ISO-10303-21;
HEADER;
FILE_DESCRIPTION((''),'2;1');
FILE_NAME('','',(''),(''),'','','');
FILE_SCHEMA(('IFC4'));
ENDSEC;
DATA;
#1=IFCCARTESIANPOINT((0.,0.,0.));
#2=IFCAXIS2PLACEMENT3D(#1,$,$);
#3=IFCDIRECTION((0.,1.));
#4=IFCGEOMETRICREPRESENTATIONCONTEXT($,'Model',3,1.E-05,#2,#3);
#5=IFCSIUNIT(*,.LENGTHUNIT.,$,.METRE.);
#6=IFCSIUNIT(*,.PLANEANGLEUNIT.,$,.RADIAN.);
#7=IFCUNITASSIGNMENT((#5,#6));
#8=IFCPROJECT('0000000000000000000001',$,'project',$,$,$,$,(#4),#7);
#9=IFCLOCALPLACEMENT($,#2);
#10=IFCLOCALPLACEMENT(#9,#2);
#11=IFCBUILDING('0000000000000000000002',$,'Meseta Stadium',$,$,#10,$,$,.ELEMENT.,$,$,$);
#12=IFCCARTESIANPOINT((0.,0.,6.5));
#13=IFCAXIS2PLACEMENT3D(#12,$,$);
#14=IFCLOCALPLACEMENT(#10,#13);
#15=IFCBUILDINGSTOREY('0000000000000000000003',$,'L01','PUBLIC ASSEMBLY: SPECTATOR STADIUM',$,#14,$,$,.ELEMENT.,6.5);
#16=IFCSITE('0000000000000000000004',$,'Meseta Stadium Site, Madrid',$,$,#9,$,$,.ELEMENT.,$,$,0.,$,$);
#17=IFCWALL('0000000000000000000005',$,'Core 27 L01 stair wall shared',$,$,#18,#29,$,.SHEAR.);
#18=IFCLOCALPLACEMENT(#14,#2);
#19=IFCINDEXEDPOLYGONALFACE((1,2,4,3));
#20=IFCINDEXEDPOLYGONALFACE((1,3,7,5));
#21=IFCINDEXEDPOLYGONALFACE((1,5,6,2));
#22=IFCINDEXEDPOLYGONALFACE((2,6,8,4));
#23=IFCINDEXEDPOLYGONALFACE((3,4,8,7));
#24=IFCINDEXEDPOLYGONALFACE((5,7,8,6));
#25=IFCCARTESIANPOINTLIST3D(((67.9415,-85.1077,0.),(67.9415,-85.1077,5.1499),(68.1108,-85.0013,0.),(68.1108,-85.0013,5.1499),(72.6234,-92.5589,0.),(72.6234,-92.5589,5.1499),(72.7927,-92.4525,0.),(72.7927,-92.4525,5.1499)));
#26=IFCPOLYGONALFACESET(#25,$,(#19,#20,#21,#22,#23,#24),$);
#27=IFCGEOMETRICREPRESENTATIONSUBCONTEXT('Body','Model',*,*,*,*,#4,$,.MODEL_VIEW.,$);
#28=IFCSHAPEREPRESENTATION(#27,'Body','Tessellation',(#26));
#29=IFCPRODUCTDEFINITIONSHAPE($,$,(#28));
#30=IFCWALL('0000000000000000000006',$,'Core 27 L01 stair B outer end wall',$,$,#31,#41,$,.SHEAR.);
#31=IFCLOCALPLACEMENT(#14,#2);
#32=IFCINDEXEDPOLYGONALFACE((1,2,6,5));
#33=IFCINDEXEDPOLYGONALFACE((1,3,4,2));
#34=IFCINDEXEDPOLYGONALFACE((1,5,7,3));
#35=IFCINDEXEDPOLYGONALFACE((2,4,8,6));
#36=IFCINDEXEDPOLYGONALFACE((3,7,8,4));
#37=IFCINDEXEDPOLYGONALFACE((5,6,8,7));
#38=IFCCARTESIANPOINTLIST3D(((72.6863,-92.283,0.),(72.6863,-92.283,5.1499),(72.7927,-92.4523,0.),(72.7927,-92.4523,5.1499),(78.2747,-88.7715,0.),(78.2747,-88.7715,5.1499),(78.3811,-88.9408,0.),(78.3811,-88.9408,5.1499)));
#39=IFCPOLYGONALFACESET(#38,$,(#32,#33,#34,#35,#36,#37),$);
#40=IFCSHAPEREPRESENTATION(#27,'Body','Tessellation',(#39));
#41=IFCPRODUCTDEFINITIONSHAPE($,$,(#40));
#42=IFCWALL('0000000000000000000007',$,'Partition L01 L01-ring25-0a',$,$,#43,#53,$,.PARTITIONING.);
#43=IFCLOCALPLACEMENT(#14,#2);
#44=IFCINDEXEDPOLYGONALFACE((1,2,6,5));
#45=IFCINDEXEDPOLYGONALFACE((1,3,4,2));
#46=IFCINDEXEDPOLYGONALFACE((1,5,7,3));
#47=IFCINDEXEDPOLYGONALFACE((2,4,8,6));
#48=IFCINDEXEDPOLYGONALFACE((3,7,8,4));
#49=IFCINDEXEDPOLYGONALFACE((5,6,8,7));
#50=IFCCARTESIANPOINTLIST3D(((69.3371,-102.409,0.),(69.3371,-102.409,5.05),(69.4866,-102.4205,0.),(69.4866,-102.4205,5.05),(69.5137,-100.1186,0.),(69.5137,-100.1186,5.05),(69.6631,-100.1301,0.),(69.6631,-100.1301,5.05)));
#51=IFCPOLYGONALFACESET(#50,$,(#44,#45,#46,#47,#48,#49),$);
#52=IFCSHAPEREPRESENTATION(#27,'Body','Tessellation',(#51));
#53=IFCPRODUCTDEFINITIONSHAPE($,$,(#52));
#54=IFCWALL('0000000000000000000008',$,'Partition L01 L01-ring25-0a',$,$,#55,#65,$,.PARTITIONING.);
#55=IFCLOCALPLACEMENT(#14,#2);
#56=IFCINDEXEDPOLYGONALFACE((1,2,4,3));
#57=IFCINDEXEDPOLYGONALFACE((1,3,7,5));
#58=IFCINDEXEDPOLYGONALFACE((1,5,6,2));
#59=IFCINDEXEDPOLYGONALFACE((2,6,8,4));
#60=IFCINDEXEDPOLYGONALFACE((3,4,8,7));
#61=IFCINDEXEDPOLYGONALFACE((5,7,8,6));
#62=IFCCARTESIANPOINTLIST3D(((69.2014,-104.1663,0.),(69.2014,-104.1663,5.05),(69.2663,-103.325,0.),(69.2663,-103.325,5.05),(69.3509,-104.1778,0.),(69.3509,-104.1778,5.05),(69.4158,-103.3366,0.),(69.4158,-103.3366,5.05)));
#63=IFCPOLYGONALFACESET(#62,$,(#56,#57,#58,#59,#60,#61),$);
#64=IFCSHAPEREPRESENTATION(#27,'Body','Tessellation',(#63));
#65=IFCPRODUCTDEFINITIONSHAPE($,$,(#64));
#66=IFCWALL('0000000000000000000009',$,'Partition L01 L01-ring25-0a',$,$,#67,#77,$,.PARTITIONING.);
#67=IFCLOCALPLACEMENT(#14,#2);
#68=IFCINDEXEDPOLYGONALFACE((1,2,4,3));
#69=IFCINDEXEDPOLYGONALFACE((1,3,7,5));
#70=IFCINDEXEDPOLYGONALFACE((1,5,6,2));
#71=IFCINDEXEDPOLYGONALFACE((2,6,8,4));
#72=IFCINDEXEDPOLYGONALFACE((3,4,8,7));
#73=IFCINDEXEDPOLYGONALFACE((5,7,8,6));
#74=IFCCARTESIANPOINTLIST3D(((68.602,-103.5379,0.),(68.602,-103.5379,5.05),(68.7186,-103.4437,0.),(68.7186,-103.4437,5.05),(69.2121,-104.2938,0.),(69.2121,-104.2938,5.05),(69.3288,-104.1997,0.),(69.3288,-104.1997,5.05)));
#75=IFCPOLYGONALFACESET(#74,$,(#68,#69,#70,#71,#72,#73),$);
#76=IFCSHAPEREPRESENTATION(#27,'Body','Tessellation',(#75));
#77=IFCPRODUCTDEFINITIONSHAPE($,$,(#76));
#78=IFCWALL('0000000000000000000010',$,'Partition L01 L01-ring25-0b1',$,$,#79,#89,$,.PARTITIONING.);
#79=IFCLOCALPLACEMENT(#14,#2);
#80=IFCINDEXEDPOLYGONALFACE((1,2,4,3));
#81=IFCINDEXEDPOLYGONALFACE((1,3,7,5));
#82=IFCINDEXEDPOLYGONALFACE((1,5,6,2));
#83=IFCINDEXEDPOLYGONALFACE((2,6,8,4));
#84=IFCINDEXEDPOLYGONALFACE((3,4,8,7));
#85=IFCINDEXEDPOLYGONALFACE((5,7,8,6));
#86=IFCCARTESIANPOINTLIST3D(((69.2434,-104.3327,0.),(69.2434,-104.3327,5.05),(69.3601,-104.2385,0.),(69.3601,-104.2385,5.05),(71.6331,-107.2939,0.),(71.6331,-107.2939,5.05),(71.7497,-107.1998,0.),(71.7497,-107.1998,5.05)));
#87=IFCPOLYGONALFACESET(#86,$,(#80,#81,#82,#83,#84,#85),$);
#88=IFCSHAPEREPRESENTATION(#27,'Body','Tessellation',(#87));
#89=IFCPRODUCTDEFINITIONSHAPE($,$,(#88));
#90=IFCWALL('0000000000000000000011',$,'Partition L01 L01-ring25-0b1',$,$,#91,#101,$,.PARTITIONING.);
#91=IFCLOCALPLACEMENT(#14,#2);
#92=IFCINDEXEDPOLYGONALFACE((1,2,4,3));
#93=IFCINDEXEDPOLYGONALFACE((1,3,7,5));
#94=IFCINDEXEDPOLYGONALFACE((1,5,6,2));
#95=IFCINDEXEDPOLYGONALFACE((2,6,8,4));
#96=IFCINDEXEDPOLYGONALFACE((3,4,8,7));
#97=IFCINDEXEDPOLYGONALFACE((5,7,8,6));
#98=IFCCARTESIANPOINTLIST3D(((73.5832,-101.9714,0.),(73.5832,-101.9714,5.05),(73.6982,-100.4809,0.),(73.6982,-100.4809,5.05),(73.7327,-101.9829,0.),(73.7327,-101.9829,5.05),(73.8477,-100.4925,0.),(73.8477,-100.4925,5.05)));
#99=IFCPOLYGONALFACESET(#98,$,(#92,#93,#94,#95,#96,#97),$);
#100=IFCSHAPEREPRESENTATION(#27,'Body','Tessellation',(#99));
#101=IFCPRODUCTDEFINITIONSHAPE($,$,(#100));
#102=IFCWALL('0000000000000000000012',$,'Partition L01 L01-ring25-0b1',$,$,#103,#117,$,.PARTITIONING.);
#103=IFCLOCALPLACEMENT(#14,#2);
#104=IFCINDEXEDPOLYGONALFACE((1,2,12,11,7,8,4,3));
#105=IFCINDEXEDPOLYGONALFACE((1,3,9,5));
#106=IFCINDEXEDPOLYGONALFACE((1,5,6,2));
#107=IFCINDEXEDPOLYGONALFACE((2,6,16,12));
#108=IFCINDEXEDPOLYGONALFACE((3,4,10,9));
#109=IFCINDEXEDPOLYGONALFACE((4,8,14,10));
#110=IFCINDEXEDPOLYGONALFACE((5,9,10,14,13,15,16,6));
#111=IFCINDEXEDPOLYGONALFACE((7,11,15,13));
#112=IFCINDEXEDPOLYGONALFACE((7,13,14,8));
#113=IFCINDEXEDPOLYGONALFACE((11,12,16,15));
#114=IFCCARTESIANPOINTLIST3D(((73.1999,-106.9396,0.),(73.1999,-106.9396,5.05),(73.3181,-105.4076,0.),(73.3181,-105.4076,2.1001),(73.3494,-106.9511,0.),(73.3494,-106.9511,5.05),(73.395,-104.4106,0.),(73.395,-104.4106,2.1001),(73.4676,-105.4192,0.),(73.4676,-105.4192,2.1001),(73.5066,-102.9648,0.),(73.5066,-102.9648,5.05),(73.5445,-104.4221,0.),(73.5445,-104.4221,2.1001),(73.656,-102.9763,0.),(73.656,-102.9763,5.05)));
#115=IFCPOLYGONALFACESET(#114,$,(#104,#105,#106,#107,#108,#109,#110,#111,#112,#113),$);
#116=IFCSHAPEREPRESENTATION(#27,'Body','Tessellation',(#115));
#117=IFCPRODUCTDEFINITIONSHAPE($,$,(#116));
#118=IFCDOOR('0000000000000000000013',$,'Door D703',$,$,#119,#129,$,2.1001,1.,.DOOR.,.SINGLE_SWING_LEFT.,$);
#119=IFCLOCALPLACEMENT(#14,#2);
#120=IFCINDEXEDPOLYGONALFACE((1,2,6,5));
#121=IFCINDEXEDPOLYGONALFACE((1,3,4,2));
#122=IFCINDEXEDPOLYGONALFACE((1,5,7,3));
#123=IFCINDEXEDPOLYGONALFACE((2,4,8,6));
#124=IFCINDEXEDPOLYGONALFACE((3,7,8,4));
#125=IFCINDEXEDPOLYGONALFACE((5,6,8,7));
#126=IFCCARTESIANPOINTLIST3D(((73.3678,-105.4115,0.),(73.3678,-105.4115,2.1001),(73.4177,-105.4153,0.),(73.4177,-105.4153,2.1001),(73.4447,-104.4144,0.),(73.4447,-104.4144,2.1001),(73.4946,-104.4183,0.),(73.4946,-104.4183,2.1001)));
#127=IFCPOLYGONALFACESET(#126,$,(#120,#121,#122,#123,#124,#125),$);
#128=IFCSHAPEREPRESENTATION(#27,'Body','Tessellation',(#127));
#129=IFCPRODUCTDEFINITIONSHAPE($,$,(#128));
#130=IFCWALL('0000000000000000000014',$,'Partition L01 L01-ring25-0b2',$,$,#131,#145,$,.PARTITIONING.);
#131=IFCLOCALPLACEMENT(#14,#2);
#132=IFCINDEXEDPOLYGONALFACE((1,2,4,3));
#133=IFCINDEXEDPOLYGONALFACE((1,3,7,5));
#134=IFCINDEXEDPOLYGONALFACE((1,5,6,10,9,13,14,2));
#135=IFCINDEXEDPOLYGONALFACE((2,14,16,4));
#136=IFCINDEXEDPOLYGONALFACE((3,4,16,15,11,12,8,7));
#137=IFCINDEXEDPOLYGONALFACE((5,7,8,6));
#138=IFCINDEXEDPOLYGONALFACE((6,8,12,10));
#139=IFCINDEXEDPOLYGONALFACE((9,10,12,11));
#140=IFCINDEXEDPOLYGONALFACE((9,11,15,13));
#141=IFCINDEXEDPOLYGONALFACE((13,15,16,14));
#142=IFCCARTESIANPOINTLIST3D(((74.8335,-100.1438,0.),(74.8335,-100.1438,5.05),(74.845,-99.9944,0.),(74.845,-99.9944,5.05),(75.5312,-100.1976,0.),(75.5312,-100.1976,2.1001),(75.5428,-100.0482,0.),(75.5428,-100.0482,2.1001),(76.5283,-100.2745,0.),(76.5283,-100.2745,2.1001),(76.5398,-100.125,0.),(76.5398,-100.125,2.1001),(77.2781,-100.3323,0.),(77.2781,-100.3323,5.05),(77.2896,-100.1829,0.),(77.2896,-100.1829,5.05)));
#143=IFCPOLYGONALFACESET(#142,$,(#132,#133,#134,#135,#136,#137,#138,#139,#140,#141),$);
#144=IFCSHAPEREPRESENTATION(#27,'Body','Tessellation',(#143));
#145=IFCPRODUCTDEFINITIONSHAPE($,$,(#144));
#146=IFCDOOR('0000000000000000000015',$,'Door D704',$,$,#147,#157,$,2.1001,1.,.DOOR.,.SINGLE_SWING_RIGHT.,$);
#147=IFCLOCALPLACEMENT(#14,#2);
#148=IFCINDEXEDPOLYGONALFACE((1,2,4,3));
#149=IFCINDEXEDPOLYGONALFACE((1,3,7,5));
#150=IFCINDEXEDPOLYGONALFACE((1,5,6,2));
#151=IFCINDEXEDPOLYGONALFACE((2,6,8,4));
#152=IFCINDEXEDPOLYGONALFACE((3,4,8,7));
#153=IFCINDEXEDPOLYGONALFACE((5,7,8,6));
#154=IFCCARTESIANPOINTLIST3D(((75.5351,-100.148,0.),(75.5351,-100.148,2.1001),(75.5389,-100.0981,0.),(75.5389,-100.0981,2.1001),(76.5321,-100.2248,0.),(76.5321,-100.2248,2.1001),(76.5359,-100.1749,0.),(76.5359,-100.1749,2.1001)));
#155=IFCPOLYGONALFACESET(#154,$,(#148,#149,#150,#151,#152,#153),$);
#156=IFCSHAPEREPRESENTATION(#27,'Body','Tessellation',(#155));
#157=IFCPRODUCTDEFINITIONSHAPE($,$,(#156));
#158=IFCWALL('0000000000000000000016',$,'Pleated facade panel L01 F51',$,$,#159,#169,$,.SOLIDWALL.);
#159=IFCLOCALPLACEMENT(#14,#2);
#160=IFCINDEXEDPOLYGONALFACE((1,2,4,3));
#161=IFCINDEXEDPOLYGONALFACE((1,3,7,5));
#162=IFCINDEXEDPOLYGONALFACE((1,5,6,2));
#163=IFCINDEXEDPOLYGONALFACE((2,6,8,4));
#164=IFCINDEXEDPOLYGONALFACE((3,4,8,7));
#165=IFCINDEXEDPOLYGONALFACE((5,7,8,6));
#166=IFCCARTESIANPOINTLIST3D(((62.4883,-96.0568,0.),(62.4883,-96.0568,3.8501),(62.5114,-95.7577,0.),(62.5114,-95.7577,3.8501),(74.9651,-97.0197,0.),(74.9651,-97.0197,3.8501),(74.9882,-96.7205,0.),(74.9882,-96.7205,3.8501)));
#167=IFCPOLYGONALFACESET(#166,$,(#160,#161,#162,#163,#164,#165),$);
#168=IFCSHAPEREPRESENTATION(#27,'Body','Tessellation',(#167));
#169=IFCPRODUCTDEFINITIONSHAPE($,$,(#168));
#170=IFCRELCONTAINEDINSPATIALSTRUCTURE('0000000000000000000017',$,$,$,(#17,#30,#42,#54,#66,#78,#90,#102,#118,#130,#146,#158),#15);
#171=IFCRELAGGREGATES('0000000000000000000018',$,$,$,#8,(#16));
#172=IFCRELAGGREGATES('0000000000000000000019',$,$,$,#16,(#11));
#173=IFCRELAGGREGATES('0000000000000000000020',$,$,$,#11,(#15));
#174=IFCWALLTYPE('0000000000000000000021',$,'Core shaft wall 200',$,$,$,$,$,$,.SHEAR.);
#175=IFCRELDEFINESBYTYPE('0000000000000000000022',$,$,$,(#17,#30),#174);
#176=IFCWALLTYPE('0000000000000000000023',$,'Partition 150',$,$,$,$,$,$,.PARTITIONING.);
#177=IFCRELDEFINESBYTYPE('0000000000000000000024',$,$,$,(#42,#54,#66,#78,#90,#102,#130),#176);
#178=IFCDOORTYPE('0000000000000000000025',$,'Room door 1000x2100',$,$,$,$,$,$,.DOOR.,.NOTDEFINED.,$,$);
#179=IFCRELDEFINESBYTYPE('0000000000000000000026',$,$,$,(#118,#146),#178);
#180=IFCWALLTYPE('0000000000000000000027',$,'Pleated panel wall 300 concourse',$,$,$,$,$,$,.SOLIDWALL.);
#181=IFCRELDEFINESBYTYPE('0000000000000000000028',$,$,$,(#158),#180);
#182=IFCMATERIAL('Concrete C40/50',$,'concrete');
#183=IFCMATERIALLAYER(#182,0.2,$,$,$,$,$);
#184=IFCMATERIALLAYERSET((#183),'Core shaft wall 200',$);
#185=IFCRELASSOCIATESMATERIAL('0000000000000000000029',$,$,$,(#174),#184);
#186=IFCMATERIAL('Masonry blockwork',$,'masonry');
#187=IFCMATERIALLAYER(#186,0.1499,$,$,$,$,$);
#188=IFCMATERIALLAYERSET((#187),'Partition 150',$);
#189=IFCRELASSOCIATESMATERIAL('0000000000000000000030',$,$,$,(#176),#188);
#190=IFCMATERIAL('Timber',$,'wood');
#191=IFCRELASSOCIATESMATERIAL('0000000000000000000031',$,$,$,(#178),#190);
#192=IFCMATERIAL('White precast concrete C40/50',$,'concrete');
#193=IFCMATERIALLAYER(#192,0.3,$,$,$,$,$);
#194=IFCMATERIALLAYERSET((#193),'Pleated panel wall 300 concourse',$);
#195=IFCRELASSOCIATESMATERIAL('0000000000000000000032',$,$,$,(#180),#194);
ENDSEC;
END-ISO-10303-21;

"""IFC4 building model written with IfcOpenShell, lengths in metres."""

from ifc_helpers import new_model, si_unit, direction, frame, frame_2d, origin, place, context, subcontext, project, spatial, rectangle, extrude, material, layer, layer_set, type_object, element, fill, save


model = new_model("IFC4")

# Units and contexts
model_context = context("Model", 3, precision=1e-05, world=origin(), true_north=direction((0.0, 1.0)))
body_context = subcontext(model_context, "Body", "Model", "MODEL_VIEW")
ifc_project = project(units=[si_unit("LENGTHUNIT", "METRE"), si_unit("PLANEANGLEUNIT", "RADIAN")], contexts=[model_context])

# Site, building, storey
site_placement = place(None, origin())
site = spatial("IfcSite", under=ifc_project, at=site_placement, Name="Meseta Stadium Site, Madrid", CompositionType="ELEMENT", RefElevation=0.0)
building_placement = place(site_placement, origin())
building = spatial("IfcBuilding", under=site, at=building_placement, Name="Meseta Stadium", CompositionType="ELEMENT")
storey_placement = place(building_placement, frame((0.0, 0.0, 6.5)))
storey = spatial("IfcBuildingStorey", under=building, at=storey_placement, Name="L01", Description="PUBLIC ASSEMBLY: SPECTATOR STADIUM", CompositionType="ELEMENT", Elevation=6.5)

# Walls
ifc_material_1 = material(Name="Concrete C40/50", Category="concrete")
ifc_layer_1 = layer(ifc_material_1, 0.2)
ifc_layer_set_1 = layer_set([ifc_layer_1], Name="Core shaft wall 200")
wall_type_1 = type_object("IfcWallType", Name="Core shaft wall 200", PredefinedType="SHEAR", material=ifc_layer_set_1)
wall_1_placement = place(storey_placement, frame((72.708, -92.5056, 0.0), z_axis=(0.0, 0.0, 1.0), x_axis=(-0.532032, 0.846724, 0.0)))
element("IfcWall", 1, at=wall_1_placement, inside=storey, type_object=wall_type_1, Name="Core 27 L01 stair wall shared", PredefinedType="SHEAR", context=body_context, shape_type="SweptSolid", body=[
    extrude(rectangle(XDim=8.8, YDim=0.2, at=frame_2d((4.3999, 0.0))), origin(), (0.0, 0.0, 1.0), 5.1499),
])
wall_2_placement = place(storey_placement, frame((72.7395, -92.3677, 0.0), z_axis=(0.0, 0.0, 1.0), x_axis=(0.84672, 0.532039, 0.0)))
element("IfcWall", 2, at=wall_2_placement, inside=storey, type_object=wall_type_1, Name="Core 27 L01 stair B outer end wall", PredefinedType="SHEAR", context=body_context, shape_type="SweptSolid", body=[
    extrude(rectangle(XDim=6.6001, YDim=0.2, at=frame_2d((3.3, 0.0))), origin(), (0.0, 0.0, 1.0), 5.1499),
])
ifc_material_2 = material(Name="Masonry blockwork", Category="masonry")
ifc_layer_2 = layer(ifc_material_2, 0.1499)
ifc_layer_set_2 = layer_set([ifc_layer_2], Name="Partition 150")
wall_type_2 = type_object("IfcWallType", Name="Partition 150", PredefinedType="PARTITIONING", material=ifc_layer_set_2)
wall_3_placement = place(storey_placement, frame((69.5884, -100.1245, 0.0), z_axis=(0.0, 0.0, 1.0), x_axis=(-0.076843, -0.997043, 0.0)))
element("IfcWall", 3, at=wall_3_placement, inside=storey, type_object=wall_type_2, Name="Partition L01 L01-ring25-0a", PredefinedType="PARTITIONING", context=body_context, shape_type="SweptSolid", body=[
    extrude(rectangle(XDim=2.2971, YDim=0.1499, at=frame_2d((1.1484, 0.0))), origin(), (0.0, 0.0, 1.0), 5.05),
])
wall_4_placement = place(storey_placement, frame((69.3411, -103.3308, 0.0), z_axis=(0.0, 0.0, 1.0), x_axis=(-0.076962, -0.997034, 0.0)))
element("IfcWall", 4, at=wall_4_placement, inside=storey, type_object=wall_type_2, Name="Partition L01 L01-ring25-0a", PredefinedType="PARTITIONING", context=body_context, shape_type="SweptSolid", body=[
    extrude(rectangle(XDim=0.8438, YDim=0.1499, at=frame_2d((0.4219, 0.0))), origin(), (0.0, 0.0, 1.0), 5.05),
])
wall_5_placement = place(storey_placement, frame((69.2705, -104.2468, 0.0), z_axis=(0.0, 0.0, 1.0), x_axis=(-0.628091, 0.77814, 0.0)))
element("IfcWall", 5, at=wall_5_placement, inside=storey, type_object=wall_type_2, Name="Partition L01 L01-ring25-0a", PredefinedType="PARTITIONING", context=body_context, shape_type="SweptSolid", body=[
    extrude(rectangle(XDim=0.9714, YDim=0.1499, at=frame_2d((0.4858, 0.0))), origin(), (0.0, 0.0, 1.0), 5.05),
])
wall_6_placement = place(storey_placement, frame((71.6914, -107.2468, 0.0), z_axis=(0.0, 0.0, 1.0), x_axis=(-0.628007, 0.778208, 0.0)))
element("IfcWall", 6, at=wall_6_placement, inside=storey, type_object=wall_type_2, Name="Partition L01 L01-ring25-0b1", PredefinedType="PARTITIONING", context=body_context, shape_type="SweptSolid", body=[
    extrude(rectangle(XDim=3.8052, YDim=0.1499, at=frame_2d((1.9026, 0.0))), origin(), (0.0, 0.0, 1.0), 5.05),
])
wall_7_placement = place(storey_placement, frame((73.7729, -100.4866, 0.0), z_axis=(0.0, 0.0, 1.0), x_axis=(-0.076921, -0.997037, 0.0)))
element("IfcWall", 7, at=wall_7_placement, inside=storey, type_object=wall_type_2, Name="Partition L01 L01-ring25-0b1", PredefinedType="PARTITIONING", context=body_context, shape_type="SweptSolid", body=[
    extrude(rectangle(XDim=1.4949, YDim=0.1499, at=frame_2d((0.7476, 0.0))), origin(), (0.0, 0.0, 1.0), 5.05),
])

# Walls, openings, doors
wall_8_placement = place(storey_placement, frame((73.5813, -102.9707, 0.0), z_axis=(0.0, 0.0, 1.0), x_axis=(-0.076917, -0.997038, 0.0)))
wall_8 = element("IfcWall", 8, at=wall_8_placement, inside=storey, type_object=wall_type_2, Name="Partition L01 L01-ring25-0b1", PredefinedType="PARTITIONING", context=body_context, shape_type="SweptSolid", body=[
    extrude(rectangle(XDim=3.9866, YDim=0.1499, at=frame_2d((1.9932, 0.0))), origin(), (0.0, 0.0, 1.0), 5.05),
])
opening_1_placement = place(wall_8_placement, frame((1.45, 0.0, 0.0)))
opening_1 = element("IfcOpeningElement", 9, at=opening_1_placement, cuts=wall_8, PredefinedType="OPENING", context=body_context, shape_type="SweptSolid", body=[
    extrude(rectangle(XDim=1.0, YDim=2.1001, at=frame_2d((0.5, 1.05))), frame((0.0, 0.085, 0.0), z_axis=(0.0, -1.0, 0.0), x_axis=(1.0, 0.0, 0.0)), (0.0, 0.0, 1.0), 0.1699),
])
ifc_material_3 = material(Name="Timber", Category="wood")
door_type = type_object("IfcDoorType", Name="Room door 1000x2100", OperationType="NOTDEFINED", PredefinedType="DOOR", material=ifc_material_3)
door_1_placement = place(opening_1_placement, origin())
door_1 = element("IfcDoor", 10, at=door_1_placement, inside=storey, type_object=door_type, Name="Door D703", OperationType="SINGLE_SWING_LEFT", OverallHeight=2.1001, OverallWidth=1.0, PredefinedType="DOOR", context=body_context, shape_type="SweptSolid", body=[
    extrude(rectangle(XDim=1.0, YDim=2.1001, at=frame_2d((0.5, 1.05))), frame((0.0, 0.0249, 0.0), z_axis=(0.0, -1.0, 0.0), x_axis=(1.0, 0.0, 0.0)), (0.0, 0.0, 1.0), 0.05),
])
fill(opening_1, door_1)
wall_9_placement = place(storey_placement, frame((74.8391, -100.0691, 0.0), z_axis=(0.0, 0.0, 1.0), x_axis=(0.997041, -0.076872, 0.0)))
wall_9 = element("IfcWall", 11, at=wall_9_placement, inside=storey, type_object=wall_type_2, Name="Partition L01 L01-ring25-0b2", PredefinedType="PARTITIONING", context=body_context, shape_type="SweptSolid", body=[
    extrude(rectangle(XDim=2.4519, YDim=0.1499, at=frame_2d((1.2261, 0.0))), origin(), (0.0, 0.0, 1.0), 5.05),
])
opening_2_placement = place(wall_9_placement, frame((0.7, 0.0, 0.0)))
opening_2 = element("IfcOpeningElement", 12, at=opening_2_placement, cuts=wall_9, PredefinedType="OPENING", context=body_context, shape_type="SweptSolid", body=[
    extrude(rectangle(XDim=1.0, YDim=2.1001, at=frame_2d((0.5, 1.05))), frame((0.0, 0.085, 0.0), z_axis=(0.0, -1.0, 0.0), x_axis=(1.0, 0.0, 0.0)), (0.0, 0.0, 1.0), 0.1699),
])
door_2_placement = place(opening_2_placement, origin())
door_2 = element("IfcDoor", 13, at=door_2_placement, inside=storey, type_object=door_type, Name="Door D704", OperationType="SINGLE_SWING_RIGHT", OverallHeight=2.1001, OverallWidth=1.0, PredefinedType="DOOR", context=body_context, shape_type="SweptSolid", body=[
    extrude(rectangle(XDim=1.0, YDim=2.1001, at=frame_2d((0.5, 1.05))), frame((0.0, 0.0249, 0.0), z_axis=(0.0, -1.0, 0.0), x_axis=(1.0, 0.0, 0.0)), (0.0, 0.0, 1.0), 0.05),
])
fill(opening_2, door_2)

# Wall
ifc_material_4 = material(Name="White precast concrete C40/50", Category="concrete")
ifc_layer_3 = layer(ifc_material_4, 0.3)
ifc_layer_set_3 = layer_set([ifc_layer_3], Name="Pleated panel wall 300 concourse")
wall_type_3 = type_object("IfcWallType", Name="Pleated panel wall 300 concourse", PredefinedType="SOLIDWALL", material=ifc_layer_set_3)
wall_10_placement = place(storey_placement, frame((74.9766, -96.8701, 0.0), z_axis=(0.0, 0.0, 1.0), x_axis=(-0.997035, 0.076946, 0.0)))
element("IfcWall", 14, at=wall_10_placement, inside=storey, type_object=wall_type_3, Name="Pleated facade panel L01 F51", PredefinedType="SOLIDWALL", context=body_context, shape_type="SweptSolid", body=[
    extrude(rectangle(XDim=12.5139, YDim=0.3, at=frame_2d((6.2568, 0.0))), origin(), (0.0, 0.0, 1.0), 3.8501),
])

save(model, "model.ifc")
